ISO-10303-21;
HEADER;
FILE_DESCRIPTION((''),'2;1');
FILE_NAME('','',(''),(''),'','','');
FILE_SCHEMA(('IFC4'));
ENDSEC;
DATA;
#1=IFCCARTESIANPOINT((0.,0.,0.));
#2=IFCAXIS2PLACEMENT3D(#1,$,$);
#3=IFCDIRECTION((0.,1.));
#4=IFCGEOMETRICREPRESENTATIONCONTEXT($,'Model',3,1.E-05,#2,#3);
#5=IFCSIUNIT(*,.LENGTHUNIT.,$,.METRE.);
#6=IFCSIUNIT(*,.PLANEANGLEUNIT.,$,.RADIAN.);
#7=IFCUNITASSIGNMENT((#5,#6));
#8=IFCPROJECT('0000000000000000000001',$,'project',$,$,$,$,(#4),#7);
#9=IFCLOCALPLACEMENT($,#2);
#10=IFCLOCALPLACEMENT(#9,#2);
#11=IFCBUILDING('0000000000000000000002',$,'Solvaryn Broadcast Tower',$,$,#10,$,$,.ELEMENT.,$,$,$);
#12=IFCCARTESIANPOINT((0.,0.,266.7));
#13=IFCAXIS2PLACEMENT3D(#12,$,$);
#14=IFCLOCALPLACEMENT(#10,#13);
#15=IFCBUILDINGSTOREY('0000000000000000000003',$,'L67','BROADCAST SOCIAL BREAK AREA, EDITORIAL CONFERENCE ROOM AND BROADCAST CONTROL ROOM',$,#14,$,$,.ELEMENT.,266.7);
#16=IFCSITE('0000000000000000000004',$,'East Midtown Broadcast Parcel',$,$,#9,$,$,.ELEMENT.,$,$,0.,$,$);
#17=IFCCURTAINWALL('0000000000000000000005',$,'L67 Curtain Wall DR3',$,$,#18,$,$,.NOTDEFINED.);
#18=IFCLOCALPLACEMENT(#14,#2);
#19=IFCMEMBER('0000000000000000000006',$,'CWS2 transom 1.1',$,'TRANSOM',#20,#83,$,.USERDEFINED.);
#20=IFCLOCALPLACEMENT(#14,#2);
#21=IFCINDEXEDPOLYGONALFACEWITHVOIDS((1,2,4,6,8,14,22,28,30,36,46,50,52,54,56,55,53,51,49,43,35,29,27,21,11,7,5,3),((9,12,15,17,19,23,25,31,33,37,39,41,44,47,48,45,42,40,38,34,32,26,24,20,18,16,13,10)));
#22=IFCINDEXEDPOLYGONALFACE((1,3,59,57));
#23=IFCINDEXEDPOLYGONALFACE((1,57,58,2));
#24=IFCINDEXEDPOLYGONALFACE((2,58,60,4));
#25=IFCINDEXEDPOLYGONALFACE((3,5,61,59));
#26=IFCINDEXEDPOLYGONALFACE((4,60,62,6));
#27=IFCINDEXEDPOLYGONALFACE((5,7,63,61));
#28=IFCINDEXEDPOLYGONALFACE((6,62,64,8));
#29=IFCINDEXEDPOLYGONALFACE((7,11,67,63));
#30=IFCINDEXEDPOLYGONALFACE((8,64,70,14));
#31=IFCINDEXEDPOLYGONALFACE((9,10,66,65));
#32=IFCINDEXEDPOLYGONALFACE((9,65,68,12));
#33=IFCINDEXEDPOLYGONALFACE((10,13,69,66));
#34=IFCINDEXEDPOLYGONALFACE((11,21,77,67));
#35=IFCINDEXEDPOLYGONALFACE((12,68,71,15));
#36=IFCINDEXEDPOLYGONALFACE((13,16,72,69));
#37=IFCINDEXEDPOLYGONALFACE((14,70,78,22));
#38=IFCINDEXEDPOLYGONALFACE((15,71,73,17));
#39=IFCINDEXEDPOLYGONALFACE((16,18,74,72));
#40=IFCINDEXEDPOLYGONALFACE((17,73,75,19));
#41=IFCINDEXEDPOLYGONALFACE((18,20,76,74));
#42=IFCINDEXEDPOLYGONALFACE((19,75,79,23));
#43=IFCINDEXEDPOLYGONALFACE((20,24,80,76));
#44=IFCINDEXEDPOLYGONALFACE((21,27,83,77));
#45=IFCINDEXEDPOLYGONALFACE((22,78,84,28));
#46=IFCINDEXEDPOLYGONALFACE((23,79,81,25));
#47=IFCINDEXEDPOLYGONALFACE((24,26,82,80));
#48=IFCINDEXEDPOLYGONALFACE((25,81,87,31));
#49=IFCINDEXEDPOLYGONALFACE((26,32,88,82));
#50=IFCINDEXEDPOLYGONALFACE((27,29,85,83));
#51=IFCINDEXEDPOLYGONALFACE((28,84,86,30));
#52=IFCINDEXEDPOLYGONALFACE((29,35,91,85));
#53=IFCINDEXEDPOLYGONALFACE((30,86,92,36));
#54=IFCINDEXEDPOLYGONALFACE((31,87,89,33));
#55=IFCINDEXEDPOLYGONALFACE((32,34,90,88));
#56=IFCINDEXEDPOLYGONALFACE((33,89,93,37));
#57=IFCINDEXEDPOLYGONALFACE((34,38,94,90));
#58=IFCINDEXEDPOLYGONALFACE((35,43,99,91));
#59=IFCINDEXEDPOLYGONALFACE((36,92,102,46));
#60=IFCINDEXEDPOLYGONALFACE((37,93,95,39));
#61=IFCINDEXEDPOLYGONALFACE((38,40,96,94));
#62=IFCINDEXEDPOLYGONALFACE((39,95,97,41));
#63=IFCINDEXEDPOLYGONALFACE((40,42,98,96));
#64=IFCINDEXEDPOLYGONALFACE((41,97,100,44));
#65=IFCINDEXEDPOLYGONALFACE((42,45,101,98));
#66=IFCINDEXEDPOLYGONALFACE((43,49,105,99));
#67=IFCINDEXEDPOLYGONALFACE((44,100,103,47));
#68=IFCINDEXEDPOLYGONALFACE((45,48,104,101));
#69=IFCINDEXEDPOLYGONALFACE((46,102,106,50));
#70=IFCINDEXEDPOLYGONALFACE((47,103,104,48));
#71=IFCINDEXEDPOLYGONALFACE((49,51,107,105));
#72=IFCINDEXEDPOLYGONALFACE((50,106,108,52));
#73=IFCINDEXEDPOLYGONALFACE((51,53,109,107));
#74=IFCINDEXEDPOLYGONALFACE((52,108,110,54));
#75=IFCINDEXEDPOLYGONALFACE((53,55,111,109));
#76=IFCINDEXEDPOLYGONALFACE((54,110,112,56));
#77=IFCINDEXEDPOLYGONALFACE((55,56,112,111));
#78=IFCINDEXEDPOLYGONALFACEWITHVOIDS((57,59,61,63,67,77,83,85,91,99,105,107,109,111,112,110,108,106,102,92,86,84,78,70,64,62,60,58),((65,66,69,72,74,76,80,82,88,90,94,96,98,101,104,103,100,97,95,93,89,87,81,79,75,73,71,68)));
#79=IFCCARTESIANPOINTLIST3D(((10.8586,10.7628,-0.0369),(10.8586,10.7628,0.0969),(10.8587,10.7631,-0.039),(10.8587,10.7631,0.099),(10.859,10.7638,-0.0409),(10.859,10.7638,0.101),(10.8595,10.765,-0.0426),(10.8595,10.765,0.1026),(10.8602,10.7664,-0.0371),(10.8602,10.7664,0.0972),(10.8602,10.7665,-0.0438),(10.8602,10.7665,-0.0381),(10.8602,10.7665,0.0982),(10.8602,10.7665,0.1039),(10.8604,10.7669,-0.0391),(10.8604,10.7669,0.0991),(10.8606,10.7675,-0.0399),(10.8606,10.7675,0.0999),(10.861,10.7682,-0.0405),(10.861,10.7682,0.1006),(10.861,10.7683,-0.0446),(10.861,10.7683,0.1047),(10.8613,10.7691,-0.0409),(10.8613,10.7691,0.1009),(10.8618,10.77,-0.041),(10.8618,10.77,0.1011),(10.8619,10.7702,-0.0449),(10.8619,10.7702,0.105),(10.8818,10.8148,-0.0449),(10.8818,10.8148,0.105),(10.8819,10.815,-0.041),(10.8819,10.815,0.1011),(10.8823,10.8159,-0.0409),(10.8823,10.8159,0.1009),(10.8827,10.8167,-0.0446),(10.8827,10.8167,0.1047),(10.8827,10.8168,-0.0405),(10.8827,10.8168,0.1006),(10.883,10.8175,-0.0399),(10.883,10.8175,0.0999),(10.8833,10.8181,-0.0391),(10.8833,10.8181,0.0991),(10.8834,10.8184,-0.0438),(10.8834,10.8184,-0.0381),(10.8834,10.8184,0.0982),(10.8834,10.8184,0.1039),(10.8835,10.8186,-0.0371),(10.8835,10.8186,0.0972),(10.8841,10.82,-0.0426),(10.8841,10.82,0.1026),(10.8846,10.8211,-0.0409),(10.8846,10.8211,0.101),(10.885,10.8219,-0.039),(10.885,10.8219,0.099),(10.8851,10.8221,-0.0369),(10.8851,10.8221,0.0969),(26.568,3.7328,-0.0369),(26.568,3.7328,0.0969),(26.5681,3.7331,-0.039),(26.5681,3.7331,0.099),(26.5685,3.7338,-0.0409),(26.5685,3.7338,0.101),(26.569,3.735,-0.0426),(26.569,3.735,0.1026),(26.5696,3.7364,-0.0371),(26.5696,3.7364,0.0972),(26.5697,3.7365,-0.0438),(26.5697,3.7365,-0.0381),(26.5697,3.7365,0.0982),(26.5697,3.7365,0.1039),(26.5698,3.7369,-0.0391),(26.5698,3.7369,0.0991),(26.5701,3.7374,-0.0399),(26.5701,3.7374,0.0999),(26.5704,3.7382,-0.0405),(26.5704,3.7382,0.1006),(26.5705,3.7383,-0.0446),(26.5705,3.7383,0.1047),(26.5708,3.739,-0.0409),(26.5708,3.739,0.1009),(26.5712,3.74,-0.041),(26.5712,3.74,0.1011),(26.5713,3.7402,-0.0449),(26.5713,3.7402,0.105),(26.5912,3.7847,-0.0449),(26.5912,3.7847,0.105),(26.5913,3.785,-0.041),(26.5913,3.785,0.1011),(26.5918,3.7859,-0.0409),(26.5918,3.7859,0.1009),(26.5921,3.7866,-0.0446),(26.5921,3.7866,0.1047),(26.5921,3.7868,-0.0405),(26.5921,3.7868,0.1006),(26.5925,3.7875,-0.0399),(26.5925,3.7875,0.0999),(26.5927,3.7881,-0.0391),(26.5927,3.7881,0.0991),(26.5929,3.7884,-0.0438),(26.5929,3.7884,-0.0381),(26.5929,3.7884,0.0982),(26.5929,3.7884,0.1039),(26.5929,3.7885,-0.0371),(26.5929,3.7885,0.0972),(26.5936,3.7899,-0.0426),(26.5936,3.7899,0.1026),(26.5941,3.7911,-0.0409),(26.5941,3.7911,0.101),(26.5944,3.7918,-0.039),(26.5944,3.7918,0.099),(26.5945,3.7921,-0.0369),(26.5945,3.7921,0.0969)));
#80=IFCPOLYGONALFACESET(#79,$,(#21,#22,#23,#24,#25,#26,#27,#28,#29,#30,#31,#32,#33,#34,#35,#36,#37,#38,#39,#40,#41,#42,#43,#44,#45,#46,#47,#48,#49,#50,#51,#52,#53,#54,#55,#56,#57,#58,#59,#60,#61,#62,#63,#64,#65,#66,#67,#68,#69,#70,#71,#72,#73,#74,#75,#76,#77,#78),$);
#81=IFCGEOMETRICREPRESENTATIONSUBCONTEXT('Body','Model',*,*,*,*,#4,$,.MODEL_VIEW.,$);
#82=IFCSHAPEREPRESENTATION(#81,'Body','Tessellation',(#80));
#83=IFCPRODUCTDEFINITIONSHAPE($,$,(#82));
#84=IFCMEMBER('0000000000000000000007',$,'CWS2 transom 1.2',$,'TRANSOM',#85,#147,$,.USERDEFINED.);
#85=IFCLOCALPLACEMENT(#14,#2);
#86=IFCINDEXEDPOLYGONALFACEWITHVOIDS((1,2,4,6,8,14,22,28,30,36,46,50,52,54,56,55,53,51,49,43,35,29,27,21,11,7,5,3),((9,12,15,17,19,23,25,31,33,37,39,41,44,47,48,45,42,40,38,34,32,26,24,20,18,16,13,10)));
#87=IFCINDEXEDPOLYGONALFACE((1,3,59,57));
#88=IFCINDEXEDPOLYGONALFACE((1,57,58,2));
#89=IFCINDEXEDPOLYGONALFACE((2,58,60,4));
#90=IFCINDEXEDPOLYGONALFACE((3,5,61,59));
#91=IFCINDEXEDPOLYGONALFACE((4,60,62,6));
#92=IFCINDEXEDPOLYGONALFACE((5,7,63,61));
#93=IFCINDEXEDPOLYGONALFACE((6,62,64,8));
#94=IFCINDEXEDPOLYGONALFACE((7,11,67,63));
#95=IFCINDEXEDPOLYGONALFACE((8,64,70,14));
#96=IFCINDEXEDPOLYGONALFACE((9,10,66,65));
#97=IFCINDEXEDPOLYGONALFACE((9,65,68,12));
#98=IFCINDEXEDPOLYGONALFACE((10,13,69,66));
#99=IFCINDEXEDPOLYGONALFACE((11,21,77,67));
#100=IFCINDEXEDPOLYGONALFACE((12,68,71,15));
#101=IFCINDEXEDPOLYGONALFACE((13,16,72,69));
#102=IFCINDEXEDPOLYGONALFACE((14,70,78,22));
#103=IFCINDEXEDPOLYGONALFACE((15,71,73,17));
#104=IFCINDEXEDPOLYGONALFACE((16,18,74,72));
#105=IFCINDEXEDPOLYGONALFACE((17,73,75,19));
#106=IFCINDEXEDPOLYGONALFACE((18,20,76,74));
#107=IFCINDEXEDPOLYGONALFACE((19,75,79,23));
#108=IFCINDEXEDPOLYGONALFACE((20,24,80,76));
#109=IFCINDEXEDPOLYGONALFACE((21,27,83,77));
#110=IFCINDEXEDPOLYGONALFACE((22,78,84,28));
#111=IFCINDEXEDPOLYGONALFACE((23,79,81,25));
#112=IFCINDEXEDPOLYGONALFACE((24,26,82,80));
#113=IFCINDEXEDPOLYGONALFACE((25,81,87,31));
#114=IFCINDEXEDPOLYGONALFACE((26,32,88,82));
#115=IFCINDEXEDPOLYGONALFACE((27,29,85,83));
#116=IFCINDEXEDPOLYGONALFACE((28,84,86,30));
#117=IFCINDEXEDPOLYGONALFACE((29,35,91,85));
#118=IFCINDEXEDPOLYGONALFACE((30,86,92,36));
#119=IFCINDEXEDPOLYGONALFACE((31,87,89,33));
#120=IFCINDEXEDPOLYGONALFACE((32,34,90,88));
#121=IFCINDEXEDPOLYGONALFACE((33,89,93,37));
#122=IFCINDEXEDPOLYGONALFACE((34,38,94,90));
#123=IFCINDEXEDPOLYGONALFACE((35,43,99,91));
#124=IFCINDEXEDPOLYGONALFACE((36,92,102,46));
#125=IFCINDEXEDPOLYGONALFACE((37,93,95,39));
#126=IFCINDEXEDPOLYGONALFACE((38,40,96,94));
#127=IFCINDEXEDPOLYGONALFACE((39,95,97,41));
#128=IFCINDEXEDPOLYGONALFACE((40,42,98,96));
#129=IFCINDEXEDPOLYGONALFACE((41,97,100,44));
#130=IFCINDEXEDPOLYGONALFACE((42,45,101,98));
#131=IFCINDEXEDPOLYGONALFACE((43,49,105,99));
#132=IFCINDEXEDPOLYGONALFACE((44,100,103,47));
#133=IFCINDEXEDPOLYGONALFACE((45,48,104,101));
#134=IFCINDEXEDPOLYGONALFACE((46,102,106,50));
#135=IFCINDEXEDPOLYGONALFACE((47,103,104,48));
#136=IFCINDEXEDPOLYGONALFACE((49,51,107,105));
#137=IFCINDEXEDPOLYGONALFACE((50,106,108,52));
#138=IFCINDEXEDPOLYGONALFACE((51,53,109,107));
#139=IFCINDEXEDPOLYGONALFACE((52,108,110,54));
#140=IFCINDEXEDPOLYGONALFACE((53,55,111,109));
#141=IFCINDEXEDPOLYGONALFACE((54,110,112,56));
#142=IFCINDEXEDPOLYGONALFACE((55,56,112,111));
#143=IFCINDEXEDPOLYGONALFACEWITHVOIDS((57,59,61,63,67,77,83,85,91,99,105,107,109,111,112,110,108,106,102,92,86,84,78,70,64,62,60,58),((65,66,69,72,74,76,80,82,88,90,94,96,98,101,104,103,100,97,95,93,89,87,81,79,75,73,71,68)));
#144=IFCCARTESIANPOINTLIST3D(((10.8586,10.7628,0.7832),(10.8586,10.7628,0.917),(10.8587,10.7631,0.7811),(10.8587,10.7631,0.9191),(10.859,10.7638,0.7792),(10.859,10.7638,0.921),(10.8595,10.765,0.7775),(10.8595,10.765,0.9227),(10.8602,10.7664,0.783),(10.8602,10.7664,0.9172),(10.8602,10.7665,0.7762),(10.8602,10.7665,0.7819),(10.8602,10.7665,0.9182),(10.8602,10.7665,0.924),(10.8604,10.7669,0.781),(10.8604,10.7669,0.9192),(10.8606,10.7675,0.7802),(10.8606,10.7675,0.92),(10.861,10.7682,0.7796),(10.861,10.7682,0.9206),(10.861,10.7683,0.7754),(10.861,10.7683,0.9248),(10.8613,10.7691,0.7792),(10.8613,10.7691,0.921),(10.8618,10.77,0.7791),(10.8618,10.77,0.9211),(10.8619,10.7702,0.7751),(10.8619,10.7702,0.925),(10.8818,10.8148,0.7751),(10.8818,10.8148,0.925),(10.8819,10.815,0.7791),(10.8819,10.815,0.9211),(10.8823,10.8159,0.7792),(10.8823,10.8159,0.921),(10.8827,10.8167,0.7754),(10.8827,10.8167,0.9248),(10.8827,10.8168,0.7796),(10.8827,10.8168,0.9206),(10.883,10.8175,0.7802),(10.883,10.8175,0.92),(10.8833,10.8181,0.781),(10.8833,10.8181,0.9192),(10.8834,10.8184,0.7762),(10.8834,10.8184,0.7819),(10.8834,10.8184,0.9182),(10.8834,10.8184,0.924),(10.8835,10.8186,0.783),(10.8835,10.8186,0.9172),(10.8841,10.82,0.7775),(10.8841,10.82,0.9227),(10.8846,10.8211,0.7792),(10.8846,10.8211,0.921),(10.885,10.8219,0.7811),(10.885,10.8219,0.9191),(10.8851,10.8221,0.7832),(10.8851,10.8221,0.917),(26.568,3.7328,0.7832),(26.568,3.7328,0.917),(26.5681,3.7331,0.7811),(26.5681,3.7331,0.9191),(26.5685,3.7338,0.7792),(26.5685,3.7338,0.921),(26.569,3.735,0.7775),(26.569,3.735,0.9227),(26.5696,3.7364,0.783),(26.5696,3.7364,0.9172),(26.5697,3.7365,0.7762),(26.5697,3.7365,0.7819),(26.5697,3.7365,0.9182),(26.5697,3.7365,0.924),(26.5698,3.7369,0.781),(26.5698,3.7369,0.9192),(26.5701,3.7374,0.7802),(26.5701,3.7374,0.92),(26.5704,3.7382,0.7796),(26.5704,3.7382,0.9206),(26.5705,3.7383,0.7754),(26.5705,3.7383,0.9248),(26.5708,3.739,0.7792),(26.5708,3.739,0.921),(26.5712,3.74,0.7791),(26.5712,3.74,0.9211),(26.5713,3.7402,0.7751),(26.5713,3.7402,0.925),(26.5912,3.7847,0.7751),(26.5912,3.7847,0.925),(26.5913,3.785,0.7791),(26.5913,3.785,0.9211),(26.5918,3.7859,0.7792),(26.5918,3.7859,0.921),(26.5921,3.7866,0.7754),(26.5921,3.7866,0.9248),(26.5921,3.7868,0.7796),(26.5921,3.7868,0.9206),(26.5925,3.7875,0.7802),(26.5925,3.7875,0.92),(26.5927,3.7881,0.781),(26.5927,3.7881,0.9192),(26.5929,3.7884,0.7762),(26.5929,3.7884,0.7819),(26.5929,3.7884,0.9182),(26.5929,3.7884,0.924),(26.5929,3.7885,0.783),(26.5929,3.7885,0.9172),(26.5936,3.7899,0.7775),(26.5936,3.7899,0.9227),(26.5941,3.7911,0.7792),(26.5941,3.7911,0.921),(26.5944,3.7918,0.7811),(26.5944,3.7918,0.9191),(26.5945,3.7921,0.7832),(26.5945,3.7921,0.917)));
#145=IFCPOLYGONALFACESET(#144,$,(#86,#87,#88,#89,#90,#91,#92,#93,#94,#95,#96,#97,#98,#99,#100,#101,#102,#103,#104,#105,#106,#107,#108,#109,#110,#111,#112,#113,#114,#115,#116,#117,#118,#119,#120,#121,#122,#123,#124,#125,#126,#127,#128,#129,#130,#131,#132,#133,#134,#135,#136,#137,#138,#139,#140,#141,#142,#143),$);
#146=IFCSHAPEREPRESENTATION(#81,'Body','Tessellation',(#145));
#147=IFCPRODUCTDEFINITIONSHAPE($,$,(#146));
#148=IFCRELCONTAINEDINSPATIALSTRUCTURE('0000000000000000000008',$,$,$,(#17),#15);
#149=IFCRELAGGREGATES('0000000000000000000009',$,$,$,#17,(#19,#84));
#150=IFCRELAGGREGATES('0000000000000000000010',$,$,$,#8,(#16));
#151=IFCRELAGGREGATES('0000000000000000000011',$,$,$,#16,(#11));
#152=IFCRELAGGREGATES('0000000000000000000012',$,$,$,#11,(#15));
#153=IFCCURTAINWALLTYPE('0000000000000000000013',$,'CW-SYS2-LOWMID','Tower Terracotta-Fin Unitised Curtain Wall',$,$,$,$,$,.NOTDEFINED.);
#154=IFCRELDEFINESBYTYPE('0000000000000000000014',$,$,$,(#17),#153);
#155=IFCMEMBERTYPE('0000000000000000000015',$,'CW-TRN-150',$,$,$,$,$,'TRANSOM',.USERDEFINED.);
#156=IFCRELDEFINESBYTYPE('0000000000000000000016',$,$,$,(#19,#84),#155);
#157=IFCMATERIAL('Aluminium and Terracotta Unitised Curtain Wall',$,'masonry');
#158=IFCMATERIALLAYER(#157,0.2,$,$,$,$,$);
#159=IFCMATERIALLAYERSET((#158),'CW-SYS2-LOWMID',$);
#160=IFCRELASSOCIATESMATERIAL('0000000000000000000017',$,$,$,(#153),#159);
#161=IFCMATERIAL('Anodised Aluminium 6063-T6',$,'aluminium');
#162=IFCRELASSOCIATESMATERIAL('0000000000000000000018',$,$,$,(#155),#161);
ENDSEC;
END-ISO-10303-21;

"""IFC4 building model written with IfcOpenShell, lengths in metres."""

from ifc_helpers import new_model, si_unit, direction, frame, origin, origin_2d, place, context, subcontext, project, spatial, hollow_rectangle, extrude, material, layer, layer_set, material_profile, profile_set, type_object, element, aggregate, save


model = new_model("IFC4")

# Units and contexts
model_context = context("Model", 3, precision=1e-05, world=origin(), true_north=direction((0.0, 1.0)))
body_context = subcontext(model_context, "Body", "Model", "MODEL_VIEW")
ifc_project = project(units=[si_unit("LENGTHUNIT", "METRE"), si_unit("PLANEANGLEUNIT", "RADIAN")], contexts=[model_context])

# Site, building, storey
site_placement = place(None, origin())
site = spatial("IfcSite", under=ifc_project, at=site_placement, Name="East Midtown Broadcast Parcel", CompositionType="ELEMENT", RefElevation=0.0)
building_placement = place(site_placement, origin())
building = spatial("IfcBuilding", under=site, at=building_placement, Name="Solvaryn Broadcast Tower", CompositionType="ELEMENT")
storey_placement = place(building_placement, frame((0.0, 0.0, 266.7)))
storey = spatial("IfcBuildingStorey", under=building, at=storey_placement, Name="L67", Description="BROADCAST SOCIAL BREAK AREA, EDITORIAL CONFERENCE ROOM AND BROADCAST CONTROL ROOM", CompositionType="ELEMENT", Elevation=266.7)

# Curtain wall, members
ifc_material_1 = material(Name="Aluminium and Terracotta Unitised Curtain Wall", Category="masonry")
ifc_layer_1 = layer(ifc_material_1, 0.2)
ifc_layer_set_1 = layer_set([ifc_layer_1], Name="CW-SYS2-LOWMID")
curtain_wall_type_1 = type_object("IfcCurtainWallType", Name="CW-SYS2-LOWMID", Description="Tower Terracotta-Fin Unitised Curtain Wall", PredefinedType="NOTDEFINED", material=ifc_layer_set_1)
curtain_wall_1_placement = place(storey_placement, origin())
curtain_wall_1 = element("IfcCurtainWall", 1, at=curtain_wall_1_placement, inside=storey, type_object=curtain_wall_type_1, Name="L67 Curtain Wall DR3", PredefinedType="NOTDEFINED")
ifc_material_2 = material(Name="Anodised Aluminium 6063-T6", Category="aluminium")
ifc_material_profile_1 = material_profile(ifc_material_2, hollow_rectangle(XDim=0.0649, YDim=0.1499, WallThickness=0.0039, InnerFilletRadius=0.0039, OuterFilletRadius=0.0081, at=origin_2d()))
ifc_profile_set_1 = profile_set([ifc_material_profile_1], Name="Anodised Aluminium 6063-T6")
member_type_1 = type_object("IfcMemberType", Name="CW-TRN-150", ElementType="TRANSOM", PredefinedType="USERDEFINED", material=ifc_profile_set_1)
member_1_placement = place(storey_placement, frame((10.8718, 10.7925, 0.03), z_axis=(0.912773, -0.408468, 0.0), x_axis=(0.408468, 0.912773, 0.0)))
member_1 = element("IfcMember", 2, at=member_1_placement, type_object=member_type_1, Name="CWS2 transom 1.1", ObjectType="TRANSOM", PredefinedType="USERDEFINED", context=body_context, shape_type="SweptSolid", body=[
    extrude(hollow_rectangle(XDim=0.0649, YDim=0.1499, WallThickness=0.0039, InnerFilletRadius=0.0039, OuterFilletRadius=0.0081, at=origin_2d()), origin(), (0.0, 0.0, 1.0), 17.2107),
])
member_2_placement = place(storey_placement, frame((10.8718, 10.7925, 0.8501), z_axis=(0.912773, -0.408468, 0.0), x_axis=(0.408468, 0.912773, 0.0)))
member_2 = element("IfcMember", 3, at=member_2_placement, type_object=member_type_1, Name="CWS2 transom 1.2", ObjectType="TRANSOM", PredefinedType="USERDEFINED", context=body_context, shape_type="SweptSolid", body=[
    extrude(hollow_rectangle(XDim=0.0649, YDim=0.1499, WallThickness=0.0039, InnerFilletRadius=0.0039, OuterFilletRadius=0.0081, at=origin_2d()), origin(), (0.0, 0.0, 1.0), 17.2107),
])
aggregate(curtain_wall_1, [member_1, member_2])

save(model, "model.ifc")
